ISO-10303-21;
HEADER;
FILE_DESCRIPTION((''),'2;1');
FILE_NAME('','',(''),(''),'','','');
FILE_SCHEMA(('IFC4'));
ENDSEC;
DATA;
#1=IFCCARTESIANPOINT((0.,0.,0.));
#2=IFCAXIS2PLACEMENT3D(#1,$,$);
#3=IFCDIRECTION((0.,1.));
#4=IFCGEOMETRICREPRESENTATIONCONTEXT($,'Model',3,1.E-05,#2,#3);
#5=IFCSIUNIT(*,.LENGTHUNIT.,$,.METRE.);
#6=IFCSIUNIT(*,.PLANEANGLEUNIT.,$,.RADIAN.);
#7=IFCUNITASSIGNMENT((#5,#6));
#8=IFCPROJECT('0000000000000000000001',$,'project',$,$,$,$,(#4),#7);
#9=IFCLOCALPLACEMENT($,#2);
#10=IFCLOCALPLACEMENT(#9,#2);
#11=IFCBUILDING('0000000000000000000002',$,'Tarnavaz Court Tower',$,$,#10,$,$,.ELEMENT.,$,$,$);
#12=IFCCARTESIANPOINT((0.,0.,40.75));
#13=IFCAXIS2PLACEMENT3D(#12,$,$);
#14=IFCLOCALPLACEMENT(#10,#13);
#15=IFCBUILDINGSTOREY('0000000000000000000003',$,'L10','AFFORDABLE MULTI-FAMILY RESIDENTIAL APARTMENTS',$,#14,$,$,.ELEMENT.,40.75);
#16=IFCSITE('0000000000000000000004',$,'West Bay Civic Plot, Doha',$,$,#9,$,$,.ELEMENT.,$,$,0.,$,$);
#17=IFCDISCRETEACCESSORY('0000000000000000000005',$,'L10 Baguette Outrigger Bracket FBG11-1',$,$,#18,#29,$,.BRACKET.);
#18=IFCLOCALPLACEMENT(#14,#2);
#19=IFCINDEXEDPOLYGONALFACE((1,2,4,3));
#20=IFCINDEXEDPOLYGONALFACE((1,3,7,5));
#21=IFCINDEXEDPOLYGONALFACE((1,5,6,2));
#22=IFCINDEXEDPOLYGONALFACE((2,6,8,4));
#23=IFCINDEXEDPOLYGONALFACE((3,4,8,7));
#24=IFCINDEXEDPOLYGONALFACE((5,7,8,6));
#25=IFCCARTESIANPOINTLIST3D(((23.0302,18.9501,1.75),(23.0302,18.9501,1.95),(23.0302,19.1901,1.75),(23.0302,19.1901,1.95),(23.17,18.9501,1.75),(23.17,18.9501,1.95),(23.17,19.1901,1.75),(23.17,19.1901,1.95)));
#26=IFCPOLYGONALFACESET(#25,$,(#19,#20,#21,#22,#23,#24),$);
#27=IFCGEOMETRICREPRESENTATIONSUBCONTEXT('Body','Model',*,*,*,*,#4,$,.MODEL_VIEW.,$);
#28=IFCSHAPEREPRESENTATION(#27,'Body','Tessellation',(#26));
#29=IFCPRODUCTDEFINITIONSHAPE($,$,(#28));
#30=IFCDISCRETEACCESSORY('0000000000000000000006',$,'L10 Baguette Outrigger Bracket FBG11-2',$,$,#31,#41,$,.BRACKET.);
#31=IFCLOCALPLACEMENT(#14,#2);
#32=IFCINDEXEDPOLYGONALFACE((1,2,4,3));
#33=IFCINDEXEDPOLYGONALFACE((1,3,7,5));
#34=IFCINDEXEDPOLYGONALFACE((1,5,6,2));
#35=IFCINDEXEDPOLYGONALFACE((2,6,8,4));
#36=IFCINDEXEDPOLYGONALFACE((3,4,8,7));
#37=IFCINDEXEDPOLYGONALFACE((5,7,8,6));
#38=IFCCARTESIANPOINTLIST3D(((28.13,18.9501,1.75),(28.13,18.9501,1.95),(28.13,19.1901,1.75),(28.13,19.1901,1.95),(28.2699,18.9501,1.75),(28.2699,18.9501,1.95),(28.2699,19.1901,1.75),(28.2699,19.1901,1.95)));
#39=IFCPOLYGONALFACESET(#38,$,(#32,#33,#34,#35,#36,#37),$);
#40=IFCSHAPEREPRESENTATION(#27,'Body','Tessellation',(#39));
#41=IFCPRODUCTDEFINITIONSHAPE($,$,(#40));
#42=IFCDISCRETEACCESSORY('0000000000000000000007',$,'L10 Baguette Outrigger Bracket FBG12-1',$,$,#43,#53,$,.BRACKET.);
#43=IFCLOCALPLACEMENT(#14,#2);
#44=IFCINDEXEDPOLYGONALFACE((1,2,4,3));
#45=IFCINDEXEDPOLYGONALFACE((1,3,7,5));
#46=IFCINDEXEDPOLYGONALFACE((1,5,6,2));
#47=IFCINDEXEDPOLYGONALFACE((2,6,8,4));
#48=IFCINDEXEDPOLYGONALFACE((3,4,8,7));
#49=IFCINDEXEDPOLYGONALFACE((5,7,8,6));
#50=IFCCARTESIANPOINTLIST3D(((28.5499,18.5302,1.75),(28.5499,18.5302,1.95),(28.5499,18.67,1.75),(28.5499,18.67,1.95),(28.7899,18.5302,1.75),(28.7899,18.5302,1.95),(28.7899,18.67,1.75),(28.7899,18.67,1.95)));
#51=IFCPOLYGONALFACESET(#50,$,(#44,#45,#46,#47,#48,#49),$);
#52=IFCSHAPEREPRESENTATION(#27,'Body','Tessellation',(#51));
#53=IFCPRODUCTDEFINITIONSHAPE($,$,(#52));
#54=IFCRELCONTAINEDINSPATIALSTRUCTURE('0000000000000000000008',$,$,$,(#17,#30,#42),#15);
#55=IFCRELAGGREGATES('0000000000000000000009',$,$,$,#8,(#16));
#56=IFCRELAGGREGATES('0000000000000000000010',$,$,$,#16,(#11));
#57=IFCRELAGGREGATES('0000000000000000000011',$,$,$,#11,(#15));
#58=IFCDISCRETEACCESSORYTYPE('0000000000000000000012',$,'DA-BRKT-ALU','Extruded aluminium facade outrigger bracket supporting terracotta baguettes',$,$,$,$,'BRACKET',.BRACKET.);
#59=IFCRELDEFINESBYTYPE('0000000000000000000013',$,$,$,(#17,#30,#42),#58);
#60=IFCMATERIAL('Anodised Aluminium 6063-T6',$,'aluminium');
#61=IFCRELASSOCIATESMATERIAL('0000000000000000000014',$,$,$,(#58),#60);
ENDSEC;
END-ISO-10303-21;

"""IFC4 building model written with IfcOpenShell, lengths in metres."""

from ifc_helpers import new_model, si_unit, direction, frame, origin, origin_2d, place, context, subcontext, project, spatial, rectangle, extrude, material, type_object, element, save


model = new_model("IFC4")

# Units and contexts
model_context = context("Model", 3, precision=1e-05, world=origin(), true_north=direction((0.0, 1.0)))
body_context = subcontext(model_context, "Body", "Model", "MODEL_VIEW")
ifc_project = project(units=[si_unit("LENGTHUNIT", "METRE"), si_unit("PLANEANGLEUNIT", "RADIAN")], contexts=[model_context])

# Site, building, storey
site_placement = place(None, origin())
site = spatial("IfcSite", under=ifc_project, at=site_placement, Name="West Bay Civic Plot, Doha", CompositionType="ELEMENT", RefElevation=0.0)
building_placement = place(site_placement, origin())
building = spatial("IfcBuilding", under=site, at=building_placement, Name="Tarnavaz Court Tower", CompositionType="ELEMENT")
storey_placement = place(building_placement, frame((0.0, 0.0, 40.75)))
storey = spatial("IfcBuildingStorey", under=building, at=storey_placement, Name="L10", Description="AFFORDABLE MULTI-FAMILY RESIDENTIAL APARTMENTS", CompositionType="ELEMENT", Elevation=40.75)

# Discrete accessories
ifc_material_1 = material(Name="Anodised Aluminium 6063-T6", Category="aluminium")
discrete_accessory_type = type_object("IfcDiscreteAccessoryType", Name="DA-BRKT-ALU", Description="Extruded aluminium facade outrigger bracket supporting terracotta baguettes", ElementType="BRACKET", PredefinedType="BRACKET", material=ifc_material_1)
for number, where, z_axis, x_axis, name in (
    (1, (23.1001, 19.0701, 1.75), (0.0, 0.0, 1.0), (1.0, 0.0, 0.0), "L10 Baguette Outrigger Bracket FBG11-1"),
    (2, (28.2, 19.0701, 1.75), (0.0, 0.0, 1.0), (1.0, 0.0, 0.0), "L10 Baguette Outrigger Bracket FBG11-2"),
    (3, (28.6699, 18.6001, 1.75), (0.0, 0.0, 1.0), (0.0, -1.0, 0.0), "L10 Baguette Outrigger Bracket FBG12-1"),
):
    element("IfcDiscreteAccessory", number, at=place(storey_placement, frame(where, z_axis=z_axis, x_axis=x_axis)), inside=storey, type_object=discrete_accessory_type, Name=name, PredefinedType="BRACKET", context=body_context, shape_type="SweptSolid", body=[
        extrude(rectangle(XDim=0.1399, YDim=0.24, at=origin_2d()), origin(), (0.0, 0.0, 1.0), 0.2),
    ])

save(model, "model.ifc")
